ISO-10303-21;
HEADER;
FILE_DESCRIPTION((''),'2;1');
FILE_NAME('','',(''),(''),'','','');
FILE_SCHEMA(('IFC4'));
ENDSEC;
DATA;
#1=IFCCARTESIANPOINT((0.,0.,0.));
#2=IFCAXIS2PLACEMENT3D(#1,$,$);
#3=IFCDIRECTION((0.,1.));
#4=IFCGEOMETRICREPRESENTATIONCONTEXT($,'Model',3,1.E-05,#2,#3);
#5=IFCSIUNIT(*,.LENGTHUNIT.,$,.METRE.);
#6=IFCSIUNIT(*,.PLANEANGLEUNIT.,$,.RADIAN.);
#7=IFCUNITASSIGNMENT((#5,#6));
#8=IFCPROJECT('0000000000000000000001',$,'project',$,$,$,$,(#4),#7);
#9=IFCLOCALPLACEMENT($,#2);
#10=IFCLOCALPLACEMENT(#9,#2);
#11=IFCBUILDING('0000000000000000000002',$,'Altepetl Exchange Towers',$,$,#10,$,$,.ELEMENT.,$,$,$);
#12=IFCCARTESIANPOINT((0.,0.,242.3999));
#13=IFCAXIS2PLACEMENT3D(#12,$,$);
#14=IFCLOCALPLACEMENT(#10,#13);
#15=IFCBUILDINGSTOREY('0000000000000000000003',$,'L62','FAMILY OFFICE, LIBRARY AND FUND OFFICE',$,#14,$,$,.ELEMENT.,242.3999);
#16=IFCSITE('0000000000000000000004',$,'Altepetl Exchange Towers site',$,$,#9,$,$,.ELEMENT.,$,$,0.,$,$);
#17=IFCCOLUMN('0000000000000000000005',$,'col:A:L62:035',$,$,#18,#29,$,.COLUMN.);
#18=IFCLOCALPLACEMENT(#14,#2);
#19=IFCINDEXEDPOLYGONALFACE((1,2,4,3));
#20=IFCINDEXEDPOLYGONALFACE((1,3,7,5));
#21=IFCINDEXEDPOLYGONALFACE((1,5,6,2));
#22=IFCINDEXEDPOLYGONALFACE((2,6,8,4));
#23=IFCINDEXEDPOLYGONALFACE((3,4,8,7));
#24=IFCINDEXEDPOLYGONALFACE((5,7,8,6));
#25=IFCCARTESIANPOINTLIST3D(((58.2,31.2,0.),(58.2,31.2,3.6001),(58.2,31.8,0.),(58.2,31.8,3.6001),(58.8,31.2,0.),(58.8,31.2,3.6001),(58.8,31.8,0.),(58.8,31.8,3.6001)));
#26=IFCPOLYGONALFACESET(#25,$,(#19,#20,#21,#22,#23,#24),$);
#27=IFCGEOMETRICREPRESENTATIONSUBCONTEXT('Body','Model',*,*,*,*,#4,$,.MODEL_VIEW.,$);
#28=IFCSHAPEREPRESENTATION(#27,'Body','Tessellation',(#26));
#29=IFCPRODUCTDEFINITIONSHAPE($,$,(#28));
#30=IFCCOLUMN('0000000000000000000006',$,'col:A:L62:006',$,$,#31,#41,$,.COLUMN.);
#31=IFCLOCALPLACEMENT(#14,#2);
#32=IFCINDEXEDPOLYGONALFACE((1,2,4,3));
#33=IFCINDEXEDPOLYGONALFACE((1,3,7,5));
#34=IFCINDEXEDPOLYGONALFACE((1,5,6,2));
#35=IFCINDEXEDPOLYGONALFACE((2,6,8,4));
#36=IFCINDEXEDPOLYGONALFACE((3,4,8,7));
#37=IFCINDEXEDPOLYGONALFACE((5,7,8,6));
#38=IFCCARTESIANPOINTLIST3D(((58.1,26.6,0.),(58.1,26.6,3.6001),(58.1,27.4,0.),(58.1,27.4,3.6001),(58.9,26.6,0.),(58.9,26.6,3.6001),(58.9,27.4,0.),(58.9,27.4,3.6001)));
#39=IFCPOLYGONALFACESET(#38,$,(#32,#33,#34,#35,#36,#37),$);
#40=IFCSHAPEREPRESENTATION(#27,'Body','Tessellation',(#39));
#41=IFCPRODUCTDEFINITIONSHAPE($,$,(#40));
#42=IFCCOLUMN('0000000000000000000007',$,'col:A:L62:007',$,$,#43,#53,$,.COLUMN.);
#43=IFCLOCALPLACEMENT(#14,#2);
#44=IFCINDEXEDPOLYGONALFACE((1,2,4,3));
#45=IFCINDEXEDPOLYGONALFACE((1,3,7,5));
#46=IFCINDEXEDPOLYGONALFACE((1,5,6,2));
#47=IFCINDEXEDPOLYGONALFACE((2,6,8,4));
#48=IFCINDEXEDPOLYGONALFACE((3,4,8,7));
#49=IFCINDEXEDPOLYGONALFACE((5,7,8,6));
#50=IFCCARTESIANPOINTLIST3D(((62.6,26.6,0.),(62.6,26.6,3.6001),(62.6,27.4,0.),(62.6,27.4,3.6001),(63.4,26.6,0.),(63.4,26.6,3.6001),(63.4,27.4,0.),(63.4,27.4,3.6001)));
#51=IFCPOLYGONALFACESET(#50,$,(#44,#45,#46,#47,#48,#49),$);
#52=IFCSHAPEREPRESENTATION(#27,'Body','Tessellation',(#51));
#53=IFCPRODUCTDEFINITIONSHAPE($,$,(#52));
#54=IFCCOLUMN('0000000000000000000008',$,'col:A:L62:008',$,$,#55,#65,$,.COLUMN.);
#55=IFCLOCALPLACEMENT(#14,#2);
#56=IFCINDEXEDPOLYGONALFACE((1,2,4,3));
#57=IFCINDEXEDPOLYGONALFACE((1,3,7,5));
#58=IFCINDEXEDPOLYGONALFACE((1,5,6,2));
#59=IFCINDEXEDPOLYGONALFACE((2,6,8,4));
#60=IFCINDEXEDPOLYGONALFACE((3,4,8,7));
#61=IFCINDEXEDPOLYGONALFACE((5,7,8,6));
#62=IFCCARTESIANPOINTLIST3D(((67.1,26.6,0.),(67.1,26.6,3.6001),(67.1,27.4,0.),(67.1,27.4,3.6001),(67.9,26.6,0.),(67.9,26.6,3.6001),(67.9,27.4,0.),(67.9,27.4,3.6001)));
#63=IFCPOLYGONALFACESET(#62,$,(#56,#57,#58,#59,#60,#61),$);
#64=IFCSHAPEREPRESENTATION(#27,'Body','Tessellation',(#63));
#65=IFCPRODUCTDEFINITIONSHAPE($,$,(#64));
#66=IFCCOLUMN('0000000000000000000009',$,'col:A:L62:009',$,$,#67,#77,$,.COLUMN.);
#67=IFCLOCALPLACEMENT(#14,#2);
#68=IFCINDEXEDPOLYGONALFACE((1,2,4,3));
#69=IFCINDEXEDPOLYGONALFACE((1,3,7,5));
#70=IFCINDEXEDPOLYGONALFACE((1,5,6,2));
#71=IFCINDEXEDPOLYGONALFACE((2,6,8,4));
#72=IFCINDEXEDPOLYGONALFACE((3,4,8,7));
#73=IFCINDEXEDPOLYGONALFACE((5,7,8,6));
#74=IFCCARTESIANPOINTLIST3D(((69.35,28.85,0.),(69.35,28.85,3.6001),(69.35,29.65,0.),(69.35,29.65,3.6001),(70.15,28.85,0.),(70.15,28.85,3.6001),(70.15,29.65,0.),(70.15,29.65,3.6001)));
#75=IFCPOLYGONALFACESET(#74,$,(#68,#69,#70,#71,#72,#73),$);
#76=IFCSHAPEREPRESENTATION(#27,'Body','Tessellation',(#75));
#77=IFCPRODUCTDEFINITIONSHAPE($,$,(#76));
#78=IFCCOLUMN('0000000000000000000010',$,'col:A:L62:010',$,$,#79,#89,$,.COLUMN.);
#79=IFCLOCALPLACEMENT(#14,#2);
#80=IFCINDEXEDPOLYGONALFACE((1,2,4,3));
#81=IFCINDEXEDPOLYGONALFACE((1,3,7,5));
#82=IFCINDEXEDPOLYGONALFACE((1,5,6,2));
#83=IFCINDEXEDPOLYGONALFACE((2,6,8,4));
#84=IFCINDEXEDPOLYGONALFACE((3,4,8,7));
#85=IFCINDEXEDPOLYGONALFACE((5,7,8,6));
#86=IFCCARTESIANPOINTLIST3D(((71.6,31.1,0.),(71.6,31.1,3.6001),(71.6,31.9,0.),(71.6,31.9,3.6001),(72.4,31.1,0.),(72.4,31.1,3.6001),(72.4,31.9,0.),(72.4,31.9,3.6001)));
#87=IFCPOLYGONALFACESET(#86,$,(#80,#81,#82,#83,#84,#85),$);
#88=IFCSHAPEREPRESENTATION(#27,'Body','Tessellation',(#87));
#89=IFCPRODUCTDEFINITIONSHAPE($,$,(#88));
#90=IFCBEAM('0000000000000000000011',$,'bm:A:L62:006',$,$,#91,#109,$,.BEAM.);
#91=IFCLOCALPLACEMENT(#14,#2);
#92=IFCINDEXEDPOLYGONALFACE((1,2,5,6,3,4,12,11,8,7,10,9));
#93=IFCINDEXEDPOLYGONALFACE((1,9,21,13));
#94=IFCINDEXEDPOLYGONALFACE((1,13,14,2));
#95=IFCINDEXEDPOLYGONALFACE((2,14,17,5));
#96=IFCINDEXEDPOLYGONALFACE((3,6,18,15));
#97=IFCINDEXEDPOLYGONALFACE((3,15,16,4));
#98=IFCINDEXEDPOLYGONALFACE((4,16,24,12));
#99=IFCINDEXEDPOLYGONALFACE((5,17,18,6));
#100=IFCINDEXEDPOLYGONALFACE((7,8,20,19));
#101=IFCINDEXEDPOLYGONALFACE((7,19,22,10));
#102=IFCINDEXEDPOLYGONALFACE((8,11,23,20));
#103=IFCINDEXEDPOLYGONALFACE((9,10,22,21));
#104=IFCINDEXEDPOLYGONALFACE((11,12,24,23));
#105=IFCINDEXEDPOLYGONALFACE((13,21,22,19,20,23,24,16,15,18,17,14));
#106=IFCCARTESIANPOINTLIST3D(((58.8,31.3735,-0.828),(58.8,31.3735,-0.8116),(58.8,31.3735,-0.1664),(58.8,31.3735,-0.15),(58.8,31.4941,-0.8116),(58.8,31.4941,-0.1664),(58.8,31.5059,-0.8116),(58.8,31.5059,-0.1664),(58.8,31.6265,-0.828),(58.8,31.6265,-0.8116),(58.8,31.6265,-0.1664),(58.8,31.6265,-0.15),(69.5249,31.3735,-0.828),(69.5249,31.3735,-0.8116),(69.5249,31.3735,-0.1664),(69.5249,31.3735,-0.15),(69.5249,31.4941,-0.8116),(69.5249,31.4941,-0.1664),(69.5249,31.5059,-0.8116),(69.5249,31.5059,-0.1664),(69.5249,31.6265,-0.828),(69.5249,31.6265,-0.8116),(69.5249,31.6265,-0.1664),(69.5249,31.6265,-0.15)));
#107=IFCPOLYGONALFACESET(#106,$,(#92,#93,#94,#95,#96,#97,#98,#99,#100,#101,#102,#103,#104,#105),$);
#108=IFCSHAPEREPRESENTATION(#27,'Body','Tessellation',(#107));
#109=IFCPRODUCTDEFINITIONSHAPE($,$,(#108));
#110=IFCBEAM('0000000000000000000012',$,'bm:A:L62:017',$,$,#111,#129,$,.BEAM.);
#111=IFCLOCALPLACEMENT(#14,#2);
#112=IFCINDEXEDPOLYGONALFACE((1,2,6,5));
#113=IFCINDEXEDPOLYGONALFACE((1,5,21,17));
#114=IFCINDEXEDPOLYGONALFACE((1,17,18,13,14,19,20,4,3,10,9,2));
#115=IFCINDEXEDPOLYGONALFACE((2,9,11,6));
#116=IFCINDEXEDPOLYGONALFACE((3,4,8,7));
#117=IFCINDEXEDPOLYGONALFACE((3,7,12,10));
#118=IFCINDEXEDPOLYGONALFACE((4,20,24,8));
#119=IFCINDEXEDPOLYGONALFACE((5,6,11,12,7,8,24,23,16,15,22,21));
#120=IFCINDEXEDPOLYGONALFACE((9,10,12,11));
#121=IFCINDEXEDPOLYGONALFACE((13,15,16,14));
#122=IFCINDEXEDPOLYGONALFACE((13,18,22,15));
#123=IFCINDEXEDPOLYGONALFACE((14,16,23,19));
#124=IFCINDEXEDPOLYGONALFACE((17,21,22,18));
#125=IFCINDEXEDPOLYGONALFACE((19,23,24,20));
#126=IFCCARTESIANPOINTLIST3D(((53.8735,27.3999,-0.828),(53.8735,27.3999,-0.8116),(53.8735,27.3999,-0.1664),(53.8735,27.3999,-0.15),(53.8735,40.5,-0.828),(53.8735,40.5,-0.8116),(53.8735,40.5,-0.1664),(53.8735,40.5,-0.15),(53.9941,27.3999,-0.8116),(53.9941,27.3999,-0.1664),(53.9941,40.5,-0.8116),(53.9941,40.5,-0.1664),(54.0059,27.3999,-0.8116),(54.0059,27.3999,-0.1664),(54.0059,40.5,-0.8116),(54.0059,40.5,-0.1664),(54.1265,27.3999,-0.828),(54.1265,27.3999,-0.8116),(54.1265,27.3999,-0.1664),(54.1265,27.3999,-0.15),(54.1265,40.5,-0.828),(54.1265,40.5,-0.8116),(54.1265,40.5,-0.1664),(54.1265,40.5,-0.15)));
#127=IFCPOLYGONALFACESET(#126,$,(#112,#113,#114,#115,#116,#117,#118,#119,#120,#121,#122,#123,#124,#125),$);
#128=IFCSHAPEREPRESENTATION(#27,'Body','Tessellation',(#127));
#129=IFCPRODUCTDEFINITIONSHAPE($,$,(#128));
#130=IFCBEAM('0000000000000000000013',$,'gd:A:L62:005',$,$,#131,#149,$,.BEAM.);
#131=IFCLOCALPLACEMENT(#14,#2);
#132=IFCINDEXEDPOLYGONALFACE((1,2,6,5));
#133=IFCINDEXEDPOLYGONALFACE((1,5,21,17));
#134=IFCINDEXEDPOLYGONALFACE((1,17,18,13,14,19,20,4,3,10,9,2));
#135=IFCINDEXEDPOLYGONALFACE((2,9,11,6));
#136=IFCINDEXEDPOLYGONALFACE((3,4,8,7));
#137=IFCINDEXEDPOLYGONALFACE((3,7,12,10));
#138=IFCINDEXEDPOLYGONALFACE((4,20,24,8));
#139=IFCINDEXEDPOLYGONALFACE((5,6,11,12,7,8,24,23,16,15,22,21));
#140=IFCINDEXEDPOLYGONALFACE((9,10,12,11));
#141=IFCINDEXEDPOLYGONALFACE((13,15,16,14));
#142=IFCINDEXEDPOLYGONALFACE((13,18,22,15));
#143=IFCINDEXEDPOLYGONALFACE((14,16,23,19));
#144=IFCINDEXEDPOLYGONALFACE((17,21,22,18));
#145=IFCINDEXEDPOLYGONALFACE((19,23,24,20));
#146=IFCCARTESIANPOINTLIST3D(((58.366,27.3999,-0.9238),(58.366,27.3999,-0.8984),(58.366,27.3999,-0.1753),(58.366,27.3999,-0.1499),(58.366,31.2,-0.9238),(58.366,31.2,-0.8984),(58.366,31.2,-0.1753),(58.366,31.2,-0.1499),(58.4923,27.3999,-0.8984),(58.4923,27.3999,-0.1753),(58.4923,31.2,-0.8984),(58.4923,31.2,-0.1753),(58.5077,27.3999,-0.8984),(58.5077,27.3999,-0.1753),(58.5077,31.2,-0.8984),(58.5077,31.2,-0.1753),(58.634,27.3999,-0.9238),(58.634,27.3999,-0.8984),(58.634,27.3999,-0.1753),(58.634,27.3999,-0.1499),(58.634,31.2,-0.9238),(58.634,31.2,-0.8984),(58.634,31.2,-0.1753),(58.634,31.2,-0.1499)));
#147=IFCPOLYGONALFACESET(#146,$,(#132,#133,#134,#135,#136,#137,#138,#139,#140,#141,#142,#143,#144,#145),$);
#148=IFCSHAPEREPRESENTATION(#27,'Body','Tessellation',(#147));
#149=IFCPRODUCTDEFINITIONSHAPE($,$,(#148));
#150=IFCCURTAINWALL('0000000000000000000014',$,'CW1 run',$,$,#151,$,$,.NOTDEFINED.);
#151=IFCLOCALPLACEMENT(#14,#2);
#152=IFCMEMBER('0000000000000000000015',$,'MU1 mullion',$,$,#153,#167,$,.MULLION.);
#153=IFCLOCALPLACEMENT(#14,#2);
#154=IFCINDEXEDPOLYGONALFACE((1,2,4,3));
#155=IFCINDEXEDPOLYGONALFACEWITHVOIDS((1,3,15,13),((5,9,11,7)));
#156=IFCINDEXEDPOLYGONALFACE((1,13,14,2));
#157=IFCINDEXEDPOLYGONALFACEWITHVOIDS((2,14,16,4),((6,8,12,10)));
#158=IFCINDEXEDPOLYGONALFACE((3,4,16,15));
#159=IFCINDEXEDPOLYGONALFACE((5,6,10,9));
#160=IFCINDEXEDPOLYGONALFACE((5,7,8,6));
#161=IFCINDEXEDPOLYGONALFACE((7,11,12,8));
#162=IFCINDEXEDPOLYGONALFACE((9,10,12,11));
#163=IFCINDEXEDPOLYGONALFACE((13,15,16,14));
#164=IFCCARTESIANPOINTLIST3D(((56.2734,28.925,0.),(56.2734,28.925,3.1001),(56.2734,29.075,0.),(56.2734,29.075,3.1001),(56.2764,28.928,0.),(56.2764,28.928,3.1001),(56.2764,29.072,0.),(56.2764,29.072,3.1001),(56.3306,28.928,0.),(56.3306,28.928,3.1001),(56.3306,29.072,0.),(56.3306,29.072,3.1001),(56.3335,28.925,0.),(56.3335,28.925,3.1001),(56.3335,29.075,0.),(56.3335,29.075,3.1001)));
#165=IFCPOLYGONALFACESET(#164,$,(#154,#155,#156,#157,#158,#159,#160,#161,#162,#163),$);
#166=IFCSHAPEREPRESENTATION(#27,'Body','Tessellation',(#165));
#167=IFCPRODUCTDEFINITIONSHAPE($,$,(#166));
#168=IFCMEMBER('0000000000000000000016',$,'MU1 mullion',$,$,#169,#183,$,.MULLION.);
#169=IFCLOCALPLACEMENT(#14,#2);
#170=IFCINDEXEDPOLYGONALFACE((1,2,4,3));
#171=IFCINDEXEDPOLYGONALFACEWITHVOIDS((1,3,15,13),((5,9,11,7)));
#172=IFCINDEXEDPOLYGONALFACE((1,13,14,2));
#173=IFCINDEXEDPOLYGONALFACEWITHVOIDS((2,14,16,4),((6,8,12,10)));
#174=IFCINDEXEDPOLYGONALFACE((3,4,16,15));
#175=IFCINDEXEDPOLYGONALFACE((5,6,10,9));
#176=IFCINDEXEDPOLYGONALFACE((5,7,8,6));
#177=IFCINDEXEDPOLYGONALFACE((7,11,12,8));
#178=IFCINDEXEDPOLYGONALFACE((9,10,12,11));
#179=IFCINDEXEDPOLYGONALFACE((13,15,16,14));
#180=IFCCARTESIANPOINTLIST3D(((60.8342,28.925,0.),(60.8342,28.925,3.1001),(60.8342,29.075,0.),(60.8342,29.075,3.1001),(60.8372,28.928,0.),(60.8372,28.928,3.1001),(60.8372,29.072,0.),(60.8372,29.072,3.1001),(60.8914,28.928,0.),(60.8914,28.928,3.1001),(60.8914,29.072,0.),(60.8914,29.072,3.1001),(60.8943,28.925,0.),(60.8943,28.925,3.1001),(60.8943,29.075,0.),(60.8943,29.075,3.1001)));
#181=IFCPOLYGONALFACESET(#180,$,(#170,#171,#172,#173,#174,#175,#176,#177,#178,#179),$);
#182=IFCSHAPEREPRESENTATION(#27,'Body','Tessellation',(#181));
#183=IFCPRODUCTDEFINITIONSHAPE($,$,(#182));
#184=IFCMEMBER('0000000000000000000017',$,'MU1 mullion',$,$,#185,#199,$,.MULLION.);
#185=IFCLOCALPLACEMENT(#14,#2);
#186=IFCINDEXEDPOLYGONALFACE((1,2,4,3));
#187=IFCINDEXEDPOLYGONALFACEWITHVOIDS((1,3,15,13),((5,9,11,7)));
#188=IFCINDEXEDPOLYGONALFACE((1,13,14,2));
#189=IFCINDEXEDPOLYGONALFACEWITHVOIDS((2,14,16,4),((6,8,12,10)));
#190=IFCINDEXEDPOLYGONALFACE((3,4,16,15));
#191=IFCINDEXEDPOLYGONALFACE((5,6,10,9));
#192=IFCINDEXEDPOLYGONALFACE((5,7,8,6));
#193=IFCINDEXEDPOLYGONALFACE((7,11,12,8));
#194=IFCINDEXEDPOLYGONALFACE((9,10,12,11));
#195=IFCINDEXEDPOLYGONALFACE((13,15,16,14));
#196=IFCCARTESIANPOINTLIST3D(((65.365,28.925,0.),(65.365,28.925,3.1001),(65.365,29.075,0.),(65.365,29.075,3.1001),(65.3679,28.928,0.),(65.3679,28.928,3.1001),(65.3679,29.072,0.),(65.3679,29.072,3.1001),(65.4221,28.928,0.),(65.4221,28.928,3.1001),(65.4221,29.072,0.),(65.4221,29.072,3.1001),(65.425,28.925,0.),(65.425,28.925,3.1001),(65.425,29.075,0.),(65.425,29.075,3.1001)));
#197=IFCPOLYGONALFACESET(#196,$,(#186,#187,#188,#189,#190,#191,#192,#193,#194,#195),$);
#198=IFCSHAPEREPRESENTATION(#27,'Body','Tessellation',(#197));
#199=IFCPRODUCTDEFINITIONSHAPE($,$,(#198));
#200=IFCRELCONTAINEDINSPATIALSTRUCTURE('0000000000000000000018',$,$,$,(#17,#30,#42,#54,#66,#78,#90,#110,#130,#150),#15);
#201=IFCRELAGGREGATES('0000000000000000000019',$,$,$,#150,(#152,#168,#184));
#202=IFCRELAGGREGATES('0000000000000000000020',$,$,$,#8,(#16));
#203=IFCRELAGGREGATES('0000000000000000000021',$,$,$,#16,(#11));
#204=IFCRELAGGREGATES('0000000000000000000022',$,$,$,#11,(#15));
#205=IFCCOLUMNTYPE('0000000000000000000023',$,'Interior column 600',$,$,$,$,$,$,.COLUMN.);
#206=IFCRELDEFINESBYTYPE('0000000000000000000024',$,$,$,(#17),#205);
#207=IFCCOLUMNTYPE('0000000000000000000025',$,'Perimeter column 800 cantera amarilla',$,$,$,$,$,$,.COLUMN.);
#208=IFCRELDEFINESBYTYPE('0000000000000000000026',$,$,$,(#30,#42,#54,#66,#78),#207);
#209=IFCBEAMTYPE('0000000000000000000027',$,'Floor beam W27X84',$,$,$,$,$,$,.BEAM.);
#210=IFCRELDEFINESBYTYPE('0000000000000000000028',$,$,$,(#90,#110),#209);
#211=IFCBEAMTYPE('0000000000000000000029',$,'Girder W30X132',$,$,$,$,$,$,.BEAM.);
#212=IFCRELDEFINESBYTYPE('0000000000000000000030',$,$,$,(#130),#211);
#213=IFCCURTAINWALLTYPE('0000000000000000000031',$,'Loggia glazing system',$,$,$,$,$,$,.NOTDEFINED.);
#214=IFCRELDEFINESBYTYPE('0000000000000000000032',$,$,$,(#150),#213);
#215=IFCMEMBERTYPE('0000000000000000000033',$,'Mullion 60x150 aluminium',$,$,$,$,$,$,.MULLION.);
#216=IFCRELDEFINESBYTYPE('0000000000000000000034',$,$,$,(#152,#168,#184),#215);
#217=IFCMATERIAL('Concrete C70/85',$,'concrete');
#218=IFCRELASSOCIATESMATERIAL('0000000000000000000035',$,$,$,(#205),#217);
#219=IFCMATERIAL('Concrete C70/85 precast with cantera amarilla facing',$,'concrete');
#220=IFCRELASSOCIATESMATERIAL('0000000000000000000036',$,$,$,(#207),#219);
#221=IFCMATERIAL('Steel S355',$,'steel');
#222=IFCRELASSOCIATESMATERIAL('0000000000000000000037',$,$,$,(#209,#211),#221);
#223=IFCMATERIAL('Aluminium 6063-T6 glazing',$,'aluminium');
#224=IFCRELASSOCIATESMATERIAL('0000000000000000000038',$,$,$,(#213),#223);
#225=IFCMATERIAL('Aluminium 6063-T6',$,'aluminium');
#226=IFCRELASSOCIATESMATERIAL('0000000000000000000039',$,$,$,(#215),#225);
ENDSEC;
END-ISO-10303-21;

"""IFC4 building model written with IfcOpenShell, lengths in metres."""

from ifc_helpers import new_model, si_unit, direction, frame, origin, origin_2d, place, context, subcontext, project, spatial, rectangle, hollow_rectangle, i_section, extrude, material, material_profile, profile_set, type_object, element, aggregate, save


model = new_model("IFC4")

# Units and contexts
model_context = context("Model", 3, precision=1e-05, world=origin(), true_north=direction((0.0, 1.0)))
body_context = subcontext(model_context, "Body", "Model", "MODEL_VIEW")
ifc_project = project(units=[si_unit("LENGTHUNIT", "METRE"), si_unit("PLANEANGLEUNIT", "RADIAN")], contexts=[model_context])

# Site, building, storey
site_placement = place(None, origin())
site = spatial("IfcSite", under=ifc_project, at=site_placement, Name="Altepetl Exchange Towers site", CompositionType="ELEMENT", RefElevation=0.0)
building_placement = place(site_placement, origin())
building = spatial("IfcBuilding", under=site, at=building_placement, Name="Altepetl Exchange Towers", CompositionType="ELEMENT")
storey_placement = place(building_placement, frame((0.0, 0.0, 242.3999)))
storey = spatial("IfcBuildingStorey", under=building, at=storey_placement, Name="L62", Description="FAMILY OFFICE, LIBRARY AND FUND OFFICE", CompositionType="ELEMENT", Elevation=242.3999)

# Columns
ifc_material_1 = material(Name="Concrete C70/85", Category="concrete")
ifc_material_profile_1 = material_profile(ifc_material_1, rectangle(XDim=0.6001, YDim=0.6001, at=origin_2d()), Name="600 x 600")
ifc_profile_set_1 = profile_set([ifc_material_profile_1], Name="Concrete C70/85")
column_type_1 = type_object("IfcColumnType", Name="Interior column 600", PredefinedType="COLUMN", material=ifc_profile_set_1)
column_placement = place(storey_placement, frame((58.5, 31.5, 0.0)))
element("IfcColumn", 1, at=column_placement, inside=storey, type_object=column_type_1, Name="col:A:L62:035", PredefinedType="COLUMN", context=body_context, shape_type="SweptSolid", body=[
    extrude(rectangle(XDim=0.6001, YDim=0.6001, at=origin_2d()), origin(), (0.0, 0.0, 1.0), 3.6001),
])
ifc_material_2 = material(Name="Concrete C70/85 precast with cantera amarilla facing", Category="concrete")
ifc_material_profile_2 = material_profile(ifc_material_2, rectangle(XDim=0.8, YDim=0.8, at=origin_2d()), Name="800 x 800")
ifc_profile_set_2 = profile_set([ifc_material_profile_2], Name="Concrete C70/85 precast with cantera amarilla facing")
column_type_2 = type_object("IfcColumnType", Name="Perimeter column 800 cantera amarilla", PredefinedType="COLUMN", material=ifc_profile_set_2)
for number, where, name in (
    (2, (58.5, 27.0, 0.0), "col:A:L62:006"),
    (3, (63.0, 27.0, 0.0), "col:A:L62:007"),
    (4, (67.5, 27.0, 0.0), "col:A:L62:008"),
    (5, (69.75, 29.25, 0.0), "col:A:L62:009"),
    (6, (72.0, 31.5, 0.0), "col:A:L62:010"),
):
    element("IfcColumn", number, at=place(storey_placement, frame(where)), inside=storey, type_object=column_type_2, Name=name, PredefinedType="COLUMN", context=body_context, shape_type="SweptSolid", body=[
        extrude(rectangle(XDim=0.8, YDim=0.8, at=origin_2d()), origin(), (0.0, 0.0, 1.0), 3.6001),
    ])

# Beams
ifc_material_3 = material(Name="Steel S355", Category="steel")
ifc_material_profile_3 = material_profile(ifc_material_3, i_section(OverallWidth=0.2529, OverallDepth=0.678, WebThickness=0.0117, FlangeThickness=0.0164, at=origin_2d()), Name="W27X84")
ifc_profile_set_3 = profile_set([ifc_material_profile_3], Name="Steel S355")
beam_type_1 = type_object("IfcBeamType", Name="Floor beam W27X84", PredefinedType="BEAM", material=ifc_profile_set_3)
beam_1_placement = place(storey_placement, frame((58.8, 31.5, -0.489), z_axis=(1.0, 0.0, 0.0), x_axis=(0.0, 1.0, 0.0)))
element("IfcBeam", 7, at=beam_1_placement, inside=storey, type_object=beam_type_1, Name="bm:A:L62:006", PredefinedType="BEAM", context=body_context, shape_type="SweptSolid", body=[
    extrude(i_section(OverallWidth=0.2529, OverallDepth=0.678, WebThickness=0.0117, FlangeThickness=0.0164, at=origin_2d()), origin(), (0.0, 0.0, 1.0), 10.7249),
])
beam_2_placement = place(storey_placement, frame((54.0, 27.3999, -0.489), z_axis=(0.0, 1.0, 0.0), x_axis=(-1.0, 0.0, 0.0)))
element("IfcBeam", 8, at=beam_2_placement, inside=storey, type_object=beam_type_1, Name="bm:A:L62:017", PredefinedType="BEAM", context=body_context, shape_type="SweptSolid", body=[
    extrude(i_section(OverallWidth=0.2529, OverallDepth=0.678, WebThickness=0.0117, FlangeThickness=0.0164, at=origin_2d()), origin(), (0.0, 0.0, 1.0), 13.1001),
])
ifc_material_profile_4 = material_profile(ifc_material_3, i_section(OverallWidth=0.2681, OverallDepth=0.7739, WebThickness=0.0154, FlangeThickness=0.0254, at=origin_2d()), Name="W30X132")
ifc_profile_set_4 = profile_set([ifc_material_profile_4], Name="Steel S355")
beam_type_2 = type_object("IfcBeamType", Name="Girder W30X132", PredefinedType="BEAM", material=ifc_profile_set_4)
beam_3_placement = place(storey_placement, frame((58.5, 31.2, -0.5369), z_axis=(0.0, -1.0, 0.0), x_axis=(1.0, 0.0, 0.0)))
element("IfcBeam", 9, at=beam_3_placement, inside=storey, type_object=beam_type_2, Name="gd:A:L62:005", PredefinedType="BEAM", context=body_context, shape_type="SweptSolid", body=[
    extrude(i_section(OverallWidth=0.2681, OverallDepth=0.7739, WebThickness=0.0154, FlangeThickness=0.0254, at=origin_2d()), origin(), (0.0, 0.0, 1.0), 3.8),
])

# Curtain wall, members
ifc_material_4 = material(Name="Aluminium 6063-T6 glazing", Category="aluminium")
curtain_wall_type = type_object("IfcCurtainWallType", Name="Loggia glazing system", PredefinedType="NOTDEFINED", material=ifc_material_4)
curtain_wall_1_placement = place(storey_placement, origin())
curtain_wall_1 = element("IfcCurtainWall", 10, at=curtain_wall_1_placement, inside=storey, type_object=curtain_wall_type, Name="CW1 run", PredefinedType="NOTDEFINED")
ifc_material_5 = material(Name="Aluminium 6063-T6", Category="aluminium")
ifc_material_profile_5 = material_profile(ifc_material_5, hollow_rectangle(XDim=0.0601, YDim=0.1499, WallThickness=0.0029, at=origin_2d()), Name="Mullion 60x150 aluminium")
ifc_profile_set_5 = profile_set([ifc_material_profile_5], Name="Aluminium 6063-T6")
member_type = type_object("IfcMemberType", Name="Mullion 60x150 aluminium", PredefinedType="MULLION", material=ifc_profile_set_5)
member_1_placement = place(storey_placement, frame((56.3035, 29.0, 0.0)))
member_1 = element("IfcMember", 11, at=member_1_placement, type_object=member_type, Name="MU1 mullion", PredefinedType="MULLION", context=body_context, shape_type="SweptSolid", body=[
    extrude(hollow_rectangle(XDim=0.0601, YDim=0.1499, WallThickness=0.0029, at=origin_2d()), origin(), (0.0, 0.0, 1.0), 3.1001),
])
member_2_placement = place(storey_placement, frame((60.8643, 29.0, 0.0)))
member_2 = element("IfcMember", 12, at=member_2_placement, type_object=member_type, Name="MU1 mullion", PredefinedType="MULLION", context=body_context, shape_type="SweptSolid", body=[
    extrude(hollow_rectangle(XDim=0.0601, YDim=0.1499, WallThickness=0.0029, at=origin_2d()), origin(), (0.0, 0.0, 1.0), 3.1001),
])
member_3_placement = place(storey_placement, frame((65.395, 29.0, 0.0)))
member_3 = element("IfcMember", 13, at=member_3_placement, type_object=member_type, Name="MU1 mullion", PredefinedType="MULLION", context=body_context, shape_type="SweptSolid", body=[
    extrude(hollow_rectangle(XDim=0.0601, YDim=0.1499, WallThickness=0.0029, at=origin_2d()), origin(), (0.0, 0.0, 1.0), 3.1001),
])

aggregate(curtain_wall_1, [member_1, member_2, member_3])

save(model, "model.ifc")
